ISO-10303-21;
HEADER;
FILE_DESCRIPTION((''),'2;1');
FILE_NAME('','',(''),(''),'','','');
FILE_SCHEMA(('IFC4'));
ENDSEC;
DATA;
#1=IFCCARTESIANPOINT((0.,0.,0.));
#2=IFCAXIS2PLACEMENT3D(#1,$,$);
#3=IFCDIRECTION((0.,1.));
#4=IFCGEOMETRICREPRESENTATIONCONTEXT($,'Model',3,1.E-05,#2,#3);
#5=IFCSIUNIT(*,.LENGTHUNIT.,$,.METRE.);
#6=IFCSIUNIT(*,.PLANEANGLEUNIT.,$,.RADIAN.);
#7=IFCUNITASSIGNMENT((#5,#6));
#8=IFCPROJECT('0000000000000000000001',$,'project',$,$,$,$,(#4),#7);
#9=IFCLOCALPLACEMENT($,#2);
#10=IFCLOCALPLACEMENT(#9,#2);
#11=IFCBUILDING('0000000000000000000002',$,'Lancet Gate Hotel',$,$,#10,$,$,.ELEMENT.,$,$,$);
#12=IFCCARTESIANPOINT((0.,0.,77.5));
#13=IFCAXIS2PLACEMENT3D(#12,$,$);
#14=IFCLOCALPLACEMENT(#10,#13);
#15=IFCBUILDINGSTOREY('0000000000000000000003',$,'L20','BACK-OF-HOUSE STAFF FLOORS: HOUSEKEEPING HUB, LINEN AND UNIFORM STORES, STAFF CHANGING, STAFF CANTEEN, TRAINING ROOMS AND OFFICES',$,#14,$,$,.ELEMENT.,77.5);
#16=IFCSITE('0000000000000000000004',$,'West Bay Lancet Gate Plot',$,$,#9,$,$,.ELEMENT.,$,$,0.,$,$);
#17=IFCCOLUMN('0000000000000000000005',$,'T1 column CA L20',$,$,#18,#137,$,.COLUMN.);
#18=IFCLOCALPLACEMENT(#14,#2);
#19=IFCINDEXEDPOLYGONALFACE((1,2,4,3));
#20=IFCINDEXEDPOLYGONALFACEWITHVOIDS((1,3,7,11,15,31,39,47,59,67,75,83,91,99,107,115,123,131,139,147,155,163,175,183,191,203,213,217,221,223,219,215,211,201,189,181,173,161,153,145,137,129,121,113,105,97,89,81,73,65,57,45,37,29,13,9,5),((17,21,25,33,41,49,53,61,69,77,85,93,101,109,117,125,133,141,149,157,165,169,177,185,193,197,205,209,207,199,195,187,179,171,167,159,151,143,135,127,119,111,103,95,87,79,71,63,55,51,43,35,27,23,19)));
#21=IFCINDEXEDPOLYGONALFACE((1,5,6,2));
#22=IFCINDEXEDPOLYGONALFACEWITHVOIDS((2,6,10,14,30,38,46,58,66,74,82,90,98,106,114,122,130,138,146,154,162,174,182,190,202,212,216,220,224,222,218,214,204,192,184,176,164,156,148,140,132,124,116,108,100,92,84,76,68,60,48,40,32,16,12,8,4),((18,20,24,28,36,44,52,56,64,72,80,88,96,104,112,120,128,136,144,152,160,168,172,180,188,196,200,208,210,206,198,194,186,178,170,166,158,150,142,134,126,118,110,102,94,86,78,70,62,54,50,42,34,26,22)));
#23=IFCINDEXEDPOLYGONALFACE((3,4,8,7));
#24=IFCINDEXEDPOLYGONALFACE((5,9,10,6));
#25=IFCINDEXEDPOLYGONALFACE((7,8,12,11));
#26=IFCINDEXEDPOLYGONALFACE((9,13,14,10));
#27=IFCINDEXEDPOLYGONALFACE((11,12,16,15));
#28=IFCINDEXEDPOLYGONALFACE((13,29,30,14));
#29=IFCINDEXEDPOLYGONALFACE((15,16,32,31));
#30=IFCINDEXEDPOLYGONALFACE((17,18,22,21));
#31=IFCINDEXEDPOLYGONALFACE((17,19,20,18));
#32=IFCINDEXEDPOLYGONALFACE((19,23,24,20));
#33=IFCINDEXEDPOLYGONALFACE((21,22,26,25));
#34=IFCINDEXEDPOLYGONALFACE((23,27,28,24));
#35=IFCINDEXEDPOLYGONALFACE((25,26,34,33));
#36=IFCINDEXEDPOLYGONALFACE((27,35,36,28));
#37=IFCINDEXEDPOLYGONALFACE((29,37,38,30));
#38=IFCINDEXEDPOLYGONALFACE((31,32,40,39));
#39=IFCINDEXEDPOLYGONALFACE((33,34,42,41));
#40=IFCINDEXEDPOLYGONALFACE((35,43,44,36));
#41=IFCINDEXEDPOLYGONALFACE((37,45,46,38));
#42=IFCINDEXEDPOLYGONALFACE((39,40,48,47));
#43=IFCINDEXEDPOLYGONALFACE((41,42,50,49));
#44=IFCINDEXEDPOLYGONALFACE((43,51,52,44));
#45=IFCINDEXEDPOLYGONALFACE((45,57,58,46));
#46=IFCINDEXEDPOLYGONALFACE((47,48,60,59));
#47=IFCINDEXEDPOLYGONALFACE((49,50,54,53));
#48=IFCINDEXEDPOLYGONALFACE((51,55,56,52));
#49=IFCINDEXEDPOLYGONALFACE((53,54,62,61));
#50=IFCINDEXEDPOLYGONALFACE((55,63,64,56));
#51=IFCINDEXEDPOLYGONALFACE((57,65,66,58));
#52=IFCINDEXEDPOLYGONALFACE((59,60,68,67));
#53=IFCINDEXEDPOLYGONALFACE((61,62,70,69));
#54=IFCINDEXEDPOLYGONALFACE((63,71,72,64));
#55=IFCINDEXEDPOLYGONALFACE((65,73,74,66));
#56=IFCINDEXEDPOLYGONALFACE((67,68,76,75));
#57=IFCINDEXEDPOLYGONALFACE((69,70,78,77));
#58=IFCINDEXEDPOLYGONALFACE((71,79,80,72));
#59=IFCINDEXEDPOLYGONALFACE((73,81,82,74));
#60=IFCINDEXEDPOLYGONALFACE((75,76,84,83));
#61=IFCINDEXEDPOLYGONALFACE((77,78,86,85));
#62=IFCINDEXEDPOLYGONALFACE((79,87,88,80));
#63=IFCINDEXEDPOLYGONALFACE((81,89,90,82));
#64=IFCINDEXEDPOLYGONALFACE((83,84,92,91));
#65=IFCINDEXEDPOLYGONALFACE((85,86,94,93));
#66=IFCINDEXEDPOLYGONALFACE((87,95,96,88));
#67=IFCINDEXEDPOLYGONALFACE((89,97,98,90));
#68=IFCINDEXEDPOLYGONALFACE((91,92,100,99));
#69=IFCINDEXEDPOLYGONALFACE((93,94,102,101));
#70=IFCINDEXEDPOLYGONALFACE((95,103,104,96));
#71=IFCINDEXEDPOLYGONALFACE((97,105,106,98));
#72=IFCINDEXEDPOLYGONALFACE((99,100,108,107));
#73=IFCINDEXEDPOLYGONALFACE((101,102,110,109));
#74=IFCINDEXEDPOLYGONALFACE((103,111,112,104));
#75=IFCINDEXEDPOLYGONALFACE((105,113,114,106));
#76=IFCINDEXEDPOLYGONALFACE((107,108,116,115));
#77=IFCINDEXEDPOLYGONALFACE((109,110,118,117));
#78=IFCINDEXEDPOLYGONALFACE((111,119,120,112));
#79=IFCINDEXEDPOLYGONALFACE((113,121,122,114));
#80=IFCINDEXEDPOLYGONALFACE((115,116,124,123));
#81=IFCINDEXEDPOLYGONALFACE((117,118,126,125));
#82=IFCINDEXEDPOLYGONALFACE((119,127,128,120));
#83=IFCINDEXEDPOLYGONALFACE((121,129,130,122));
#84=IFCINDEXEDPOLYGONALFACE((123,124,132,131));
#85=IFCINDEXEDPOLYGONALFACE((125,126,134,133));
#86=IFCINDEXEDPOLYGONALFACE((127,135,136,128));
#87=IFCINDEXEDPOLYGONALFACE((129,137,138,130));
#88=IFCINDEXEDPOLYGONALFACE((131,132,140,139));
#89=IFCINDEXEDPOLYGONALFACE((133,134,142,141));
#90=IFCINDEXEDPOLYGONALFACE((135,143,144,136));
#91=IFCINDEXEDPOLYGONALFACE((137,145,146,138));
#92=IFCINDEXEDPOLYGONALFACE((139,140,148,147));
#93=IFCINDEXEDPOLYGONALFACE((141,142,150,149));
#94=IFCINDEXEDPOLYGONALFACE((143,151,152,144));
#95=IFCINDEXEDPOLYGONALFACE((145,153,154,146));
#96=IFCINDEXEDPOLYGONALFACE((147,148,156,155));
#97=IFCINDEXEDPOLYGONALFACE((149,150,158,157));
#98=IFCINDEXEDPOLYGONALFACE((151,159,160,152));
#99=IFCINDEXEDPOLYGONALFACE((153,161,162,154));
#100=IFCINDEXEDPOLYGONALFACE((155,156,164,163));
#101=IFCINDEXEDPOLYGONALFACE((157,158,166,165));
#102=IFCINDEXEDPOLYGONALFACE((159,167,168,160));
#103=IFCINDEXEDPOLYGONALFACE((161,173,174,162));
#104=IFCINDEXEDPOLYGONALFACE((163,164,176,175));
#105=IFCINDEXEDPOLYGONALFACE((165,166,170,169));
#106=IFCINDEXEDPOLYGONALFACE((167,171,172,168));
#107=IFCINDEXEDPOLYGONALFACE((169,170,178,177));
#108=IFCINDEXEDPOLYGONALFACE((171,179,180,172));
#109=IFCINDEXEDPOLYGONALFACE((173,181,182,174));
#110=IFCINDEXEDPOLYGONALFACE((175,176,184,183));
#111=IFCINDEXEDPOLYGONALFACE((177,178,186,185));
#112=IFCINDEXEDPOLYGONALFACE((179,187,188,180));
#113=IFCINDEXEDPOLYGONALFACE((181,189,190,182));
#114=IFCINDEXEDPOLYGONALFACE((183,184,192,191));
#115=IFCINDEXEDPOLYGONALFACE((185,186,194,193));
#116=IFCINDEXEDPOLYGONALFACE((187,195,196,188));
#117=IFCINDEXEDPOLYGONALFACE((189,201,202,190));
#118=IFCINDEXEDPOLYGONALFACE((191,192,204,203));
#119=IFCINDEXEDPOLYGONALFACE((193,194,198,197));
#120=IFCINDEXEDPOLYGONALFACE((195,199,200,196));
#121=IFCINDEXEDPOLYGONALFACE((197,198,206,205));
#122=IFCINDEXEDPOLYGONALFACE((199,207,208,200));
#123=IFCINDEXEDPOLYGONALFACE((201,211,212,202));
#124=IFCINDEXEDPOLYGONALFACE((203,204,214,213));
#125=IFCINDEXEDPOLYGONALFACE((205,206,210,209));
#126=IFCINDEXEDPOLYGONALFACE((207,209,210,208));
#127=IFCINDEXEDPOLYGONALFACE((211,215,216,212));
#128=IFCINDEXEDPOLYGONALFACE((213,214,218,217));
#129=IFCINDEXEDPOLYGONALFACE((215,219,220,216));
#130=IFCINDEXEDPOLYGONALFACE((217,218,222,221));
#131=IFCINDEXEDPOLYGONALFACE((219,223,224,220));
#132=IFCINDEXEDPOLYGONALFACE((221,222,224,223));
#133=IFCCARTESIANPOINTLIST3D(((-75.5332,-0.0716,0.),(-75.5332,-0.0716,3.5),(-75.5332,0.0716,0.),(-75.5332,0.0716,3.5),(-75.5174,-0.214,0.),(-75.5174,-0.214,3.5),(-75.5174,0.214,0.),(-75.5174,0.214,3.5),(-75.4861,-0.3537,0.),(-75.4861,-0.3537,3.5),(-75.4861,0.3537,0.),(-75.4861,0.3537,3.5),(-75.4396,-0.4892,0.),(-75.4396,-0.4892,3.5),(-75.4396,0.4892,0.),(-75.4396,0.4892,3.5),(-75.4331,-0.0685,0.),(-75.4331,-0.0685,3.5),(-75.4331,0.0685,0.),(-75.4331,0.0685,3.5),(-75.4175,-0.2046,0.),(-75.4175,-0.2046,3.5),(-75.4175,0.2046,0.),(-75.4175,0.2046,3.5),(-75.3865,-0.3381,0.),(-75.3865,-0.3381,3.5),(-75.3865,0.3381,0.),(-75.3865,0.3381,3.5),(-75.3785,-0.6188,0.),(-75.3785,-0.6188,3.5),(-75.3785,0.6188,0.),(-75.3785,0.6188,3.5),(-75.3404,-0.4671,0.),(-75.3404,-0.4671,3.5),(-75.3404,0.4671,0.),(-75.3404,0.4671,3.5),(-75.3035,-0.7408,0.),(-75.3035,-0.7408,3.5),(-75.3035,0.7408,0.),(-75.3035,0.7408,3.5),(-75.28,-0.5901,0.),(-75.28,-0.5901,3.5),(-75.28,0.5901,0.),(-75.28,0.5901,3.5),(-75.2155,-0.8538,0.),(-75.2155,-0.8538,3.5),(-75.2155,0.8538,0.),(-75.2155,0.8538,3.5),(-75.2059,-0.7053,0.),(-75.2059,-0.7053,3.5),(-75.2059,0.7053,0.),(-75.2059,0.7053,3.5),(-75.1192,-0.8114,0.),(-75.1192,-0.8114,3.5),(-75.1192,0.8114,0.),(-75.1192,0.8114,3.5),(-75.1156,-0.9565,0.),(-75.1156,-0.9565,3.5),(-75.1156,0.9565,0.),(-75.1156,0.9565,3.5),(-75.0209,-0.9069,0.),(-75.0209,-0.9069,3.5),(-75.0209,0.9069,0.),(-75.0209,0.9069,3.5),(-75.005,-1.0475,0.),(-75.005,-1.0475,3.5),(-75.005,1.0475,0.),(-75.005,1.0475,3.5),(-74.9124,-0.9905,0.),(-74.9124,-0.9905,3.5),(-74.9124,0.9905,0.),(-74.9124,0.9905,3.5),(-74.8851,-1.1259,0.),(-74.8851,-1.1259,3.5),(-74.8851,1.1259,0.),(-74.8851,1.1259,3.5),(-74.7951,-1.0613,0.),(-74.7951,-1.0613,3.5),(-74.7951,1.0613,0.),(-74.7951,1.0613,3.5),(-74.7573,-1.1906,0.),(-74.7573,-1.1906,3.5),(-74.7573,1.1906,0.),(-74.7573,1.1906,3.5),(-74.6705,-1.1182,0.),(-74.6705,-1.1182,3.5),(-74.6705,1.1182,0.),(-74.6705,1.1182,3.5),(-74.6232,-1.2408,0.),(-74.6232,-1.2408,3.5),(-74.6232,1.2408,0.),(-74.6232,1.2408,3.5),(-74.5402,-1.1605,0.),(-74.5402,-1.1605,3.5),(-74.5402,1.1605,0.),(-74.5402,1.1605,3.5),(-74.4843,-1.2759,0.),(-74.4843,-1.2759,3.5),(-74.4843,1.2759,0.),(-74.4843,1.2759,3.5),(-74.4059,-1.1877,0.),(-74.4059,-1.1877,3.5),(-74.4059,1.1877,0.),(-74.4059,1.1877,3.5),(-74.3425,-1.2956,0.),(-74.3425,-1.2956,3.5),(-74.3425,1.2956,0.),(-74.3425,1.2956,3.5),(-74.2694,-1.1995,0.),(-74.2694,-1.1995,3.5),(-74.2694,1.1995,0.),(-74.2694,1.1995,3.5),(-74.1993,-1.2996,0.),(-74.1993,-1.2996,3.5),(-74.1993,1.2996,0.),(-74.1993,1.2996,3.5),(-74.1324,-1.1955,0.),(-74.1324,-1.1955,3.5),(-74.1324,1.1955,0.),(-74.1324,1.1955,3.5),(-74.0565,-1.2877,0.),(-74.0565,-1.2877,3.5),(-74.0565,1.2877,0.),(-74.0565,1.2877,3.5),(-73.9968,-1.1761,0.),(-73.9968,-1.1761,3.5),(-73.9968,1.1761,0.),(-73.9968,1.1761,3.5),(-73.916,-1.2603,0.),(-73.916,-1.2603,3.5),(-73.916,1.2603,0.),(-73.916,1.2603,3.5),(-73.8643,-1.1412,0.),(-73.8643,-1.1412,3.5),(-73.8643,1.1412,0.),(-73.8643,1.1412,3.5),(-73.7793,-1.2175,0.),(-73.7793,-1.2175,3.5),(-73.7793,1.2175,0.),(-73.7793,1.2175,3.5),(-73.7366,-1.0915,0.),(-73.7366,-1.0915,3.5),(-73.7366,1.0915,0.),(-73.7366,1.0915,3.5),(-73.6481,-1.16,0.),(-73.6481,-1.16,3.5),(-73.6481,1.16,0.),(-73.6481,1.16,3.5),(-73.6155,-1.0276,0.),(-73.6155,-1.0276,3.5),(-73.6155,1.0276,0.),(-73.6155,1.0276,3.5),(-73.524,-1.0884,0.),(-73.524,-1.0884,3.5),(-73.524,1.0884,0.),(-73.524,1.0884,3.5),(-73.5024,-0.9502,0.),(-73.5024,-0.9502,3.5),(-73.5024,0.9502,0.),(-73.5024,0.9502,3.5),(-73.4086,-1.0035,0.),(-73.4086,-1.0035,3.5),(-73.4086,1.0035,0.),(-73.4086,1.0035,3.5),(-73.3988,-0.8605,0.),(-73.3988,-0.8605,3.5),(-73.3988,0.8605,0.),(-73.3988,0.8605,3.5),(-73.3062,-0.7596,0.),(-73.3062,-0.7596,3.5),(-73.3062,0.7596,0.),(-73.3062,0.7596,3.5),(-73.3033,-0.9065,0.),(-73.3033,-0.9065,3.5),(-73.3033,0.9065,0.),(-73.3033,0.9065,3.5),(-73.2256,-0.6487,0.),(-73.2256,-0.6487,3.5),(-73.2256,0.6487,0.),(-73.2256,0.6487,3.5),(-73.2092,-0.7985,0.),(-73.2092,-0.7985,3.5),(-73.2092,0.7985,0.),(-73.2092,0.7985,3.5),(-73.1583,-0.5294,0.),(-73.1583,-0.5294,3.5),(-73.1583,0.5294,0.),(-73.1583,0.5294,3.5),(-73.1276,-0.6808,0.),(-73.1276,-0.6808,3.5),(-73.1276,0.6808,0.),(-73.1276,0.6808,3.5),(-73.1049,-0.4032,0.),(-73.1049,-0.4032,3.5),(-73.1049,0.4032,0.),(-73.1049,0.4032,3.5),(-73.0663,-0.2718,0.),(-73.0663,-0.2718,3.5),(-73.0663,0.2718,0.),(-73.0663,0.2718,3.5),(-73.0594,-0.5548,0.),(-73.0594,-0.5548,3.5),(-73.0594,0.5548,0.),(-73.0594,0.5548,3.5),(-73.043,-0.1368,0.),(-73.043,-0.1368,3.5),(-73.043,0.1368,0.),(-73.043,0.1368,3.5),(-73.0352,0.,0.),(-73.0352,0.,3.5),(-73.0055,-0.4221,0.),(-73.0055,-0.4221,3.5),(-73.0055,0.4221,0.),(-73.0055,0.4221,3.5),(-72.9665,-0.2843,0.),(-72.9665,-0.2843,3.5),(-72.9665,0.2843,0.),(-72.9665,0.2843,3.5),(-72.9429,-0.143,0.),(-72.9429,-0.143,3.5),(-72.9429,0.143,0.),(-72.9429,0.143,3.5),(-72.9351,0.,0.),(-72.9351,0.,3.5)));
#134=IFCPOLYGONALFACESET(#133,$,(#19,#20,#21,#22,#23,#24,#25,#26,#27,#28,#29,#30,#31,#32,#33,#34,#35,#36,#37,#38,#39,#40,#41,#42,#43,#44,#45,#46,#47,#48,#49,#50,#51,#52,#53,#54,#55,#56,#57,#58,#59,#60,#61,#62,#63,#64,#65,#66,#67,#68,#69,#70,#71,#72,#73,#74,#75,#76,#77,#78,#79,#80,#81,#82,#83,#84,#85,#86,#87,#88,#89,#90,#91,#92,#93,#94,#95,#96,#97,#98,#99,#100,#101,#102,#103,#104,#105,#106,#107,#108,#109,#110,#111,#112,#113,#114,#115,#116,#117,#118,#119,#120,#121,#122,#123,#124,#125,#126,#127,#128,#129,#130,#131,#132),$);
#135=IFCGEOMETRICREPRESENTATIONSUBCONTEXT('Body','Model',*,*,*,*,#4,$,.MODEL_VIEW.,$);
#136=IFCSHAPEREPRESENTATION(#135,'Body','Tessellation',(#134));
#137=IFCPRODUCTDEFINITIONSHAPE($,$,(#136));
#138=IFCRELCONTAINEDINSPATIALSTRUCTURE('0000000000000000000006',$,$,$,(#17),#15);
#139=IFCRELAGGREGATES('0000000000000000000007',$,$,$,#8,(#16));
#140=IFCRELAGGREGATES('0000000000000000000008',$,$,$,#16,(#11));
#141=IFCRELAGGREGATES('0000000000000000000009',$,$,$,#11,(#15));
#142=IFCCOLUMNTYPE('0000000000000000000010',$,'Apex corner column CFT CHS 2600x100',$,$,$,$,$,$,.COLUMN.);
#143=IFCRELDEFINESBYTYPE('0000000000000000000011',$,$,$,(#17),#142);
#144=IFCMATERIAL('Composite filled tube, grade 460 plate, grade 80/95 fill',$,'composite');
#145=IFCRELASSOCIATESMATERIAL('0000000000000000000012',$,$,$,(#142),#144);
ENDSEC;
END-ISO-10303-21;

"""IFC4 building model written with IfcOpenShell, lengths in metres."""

from ifc_helpers import new_model, si_unit, direction, frame, origin, origin_2d, place, context, subcontext, project, spatial, hollow_circle, extrude, material, material_profile, profile_set, type_object, element, save


model = new_model("IFC4")

# Units and contexts
model_context = context("Model", 3, precision=1e-05, world=origin(), true_north=direction((0.0, 1.0)))
body_context = subcontext(model_context, "Body", "Model", "MODEL_VIEW")
ifc_project = project(units=[si_unit("LENGTHUNIT", "METRE"), si_unit("PLANEANGLEUNIT", "RADIAN")], contexts=[model_context])

# Site, building, storey
site_placement = place(None, origin())
site = spatial("IfcSite", under=ifc_project, at=site_placement, Name="West Bay Lancet Gate Plot", CompositionType="ELEMENT", RefElevation=0.0)
building_placement = place(site_placement, origin())
building = spatial("IfcBuilding", under=site, at=building_placement, Name="Lancet Gate Hotel", CompositionType="ELEMENT")
storey_placement = place(building_placement, frame((0.0, 0.0, 77.5)))
storey = spatial("IfcBuildingStorey", under=building, at=storey_placement, Name="L20", Description="BACK-OF-HOUSE STAFF FLOORS: HOUSEKEEPING HUB, LINEN AND UNIFORM STORES, STAFF CHANGING, STAFF CANTEEN, TRAINING ROOMS AND OFFICES", CompositionType="ELEMENT", Elevation=77.5)

# Column
ifc_material_1 = material(Name="Composite filled tube, grade 460 plate, grade 80/95 fill", Category="composite")
ifc_material_profile_1 = material_profile(ifc_material_1, hollow_circle(Radius=1.3, WallThickness=0.1001, at=origin_2d()), Name="CHS 2600x100")
ifc_profile_set_1 = profile_set([ifc_material_profile_1], Name="Composite filled tube, grade 460 plate, grade 80/95 fill")
column_type_1 = type_object("IfcColumnType", Name="Apex corner column CFT CHS 2600x100", PredefinedType="COLUMN", material=ifc_profile_set_1)
column_1_placement = place(storey_placement, frame((-74.2351, 0.0, 0.0), z_axis=(0.0, 0.0, 1.0), x_axis=(1.0, 0.0, 0.0)))
element("IfcColumn", 1, at=column_1_placement, inside=storey, type_object=column_type_1, Name="T1 column CA L20", PredefinedType="COLUMN", context=body_context, shape_type="SweptSolid", body=[
    extrude(hollow_circle(Radius=1.3, WallThickness=0.1001, at=origin_2d()), origin(), (0.0, 0.0, 1.0), 3.5),
])

save(model, "model.ifc")
